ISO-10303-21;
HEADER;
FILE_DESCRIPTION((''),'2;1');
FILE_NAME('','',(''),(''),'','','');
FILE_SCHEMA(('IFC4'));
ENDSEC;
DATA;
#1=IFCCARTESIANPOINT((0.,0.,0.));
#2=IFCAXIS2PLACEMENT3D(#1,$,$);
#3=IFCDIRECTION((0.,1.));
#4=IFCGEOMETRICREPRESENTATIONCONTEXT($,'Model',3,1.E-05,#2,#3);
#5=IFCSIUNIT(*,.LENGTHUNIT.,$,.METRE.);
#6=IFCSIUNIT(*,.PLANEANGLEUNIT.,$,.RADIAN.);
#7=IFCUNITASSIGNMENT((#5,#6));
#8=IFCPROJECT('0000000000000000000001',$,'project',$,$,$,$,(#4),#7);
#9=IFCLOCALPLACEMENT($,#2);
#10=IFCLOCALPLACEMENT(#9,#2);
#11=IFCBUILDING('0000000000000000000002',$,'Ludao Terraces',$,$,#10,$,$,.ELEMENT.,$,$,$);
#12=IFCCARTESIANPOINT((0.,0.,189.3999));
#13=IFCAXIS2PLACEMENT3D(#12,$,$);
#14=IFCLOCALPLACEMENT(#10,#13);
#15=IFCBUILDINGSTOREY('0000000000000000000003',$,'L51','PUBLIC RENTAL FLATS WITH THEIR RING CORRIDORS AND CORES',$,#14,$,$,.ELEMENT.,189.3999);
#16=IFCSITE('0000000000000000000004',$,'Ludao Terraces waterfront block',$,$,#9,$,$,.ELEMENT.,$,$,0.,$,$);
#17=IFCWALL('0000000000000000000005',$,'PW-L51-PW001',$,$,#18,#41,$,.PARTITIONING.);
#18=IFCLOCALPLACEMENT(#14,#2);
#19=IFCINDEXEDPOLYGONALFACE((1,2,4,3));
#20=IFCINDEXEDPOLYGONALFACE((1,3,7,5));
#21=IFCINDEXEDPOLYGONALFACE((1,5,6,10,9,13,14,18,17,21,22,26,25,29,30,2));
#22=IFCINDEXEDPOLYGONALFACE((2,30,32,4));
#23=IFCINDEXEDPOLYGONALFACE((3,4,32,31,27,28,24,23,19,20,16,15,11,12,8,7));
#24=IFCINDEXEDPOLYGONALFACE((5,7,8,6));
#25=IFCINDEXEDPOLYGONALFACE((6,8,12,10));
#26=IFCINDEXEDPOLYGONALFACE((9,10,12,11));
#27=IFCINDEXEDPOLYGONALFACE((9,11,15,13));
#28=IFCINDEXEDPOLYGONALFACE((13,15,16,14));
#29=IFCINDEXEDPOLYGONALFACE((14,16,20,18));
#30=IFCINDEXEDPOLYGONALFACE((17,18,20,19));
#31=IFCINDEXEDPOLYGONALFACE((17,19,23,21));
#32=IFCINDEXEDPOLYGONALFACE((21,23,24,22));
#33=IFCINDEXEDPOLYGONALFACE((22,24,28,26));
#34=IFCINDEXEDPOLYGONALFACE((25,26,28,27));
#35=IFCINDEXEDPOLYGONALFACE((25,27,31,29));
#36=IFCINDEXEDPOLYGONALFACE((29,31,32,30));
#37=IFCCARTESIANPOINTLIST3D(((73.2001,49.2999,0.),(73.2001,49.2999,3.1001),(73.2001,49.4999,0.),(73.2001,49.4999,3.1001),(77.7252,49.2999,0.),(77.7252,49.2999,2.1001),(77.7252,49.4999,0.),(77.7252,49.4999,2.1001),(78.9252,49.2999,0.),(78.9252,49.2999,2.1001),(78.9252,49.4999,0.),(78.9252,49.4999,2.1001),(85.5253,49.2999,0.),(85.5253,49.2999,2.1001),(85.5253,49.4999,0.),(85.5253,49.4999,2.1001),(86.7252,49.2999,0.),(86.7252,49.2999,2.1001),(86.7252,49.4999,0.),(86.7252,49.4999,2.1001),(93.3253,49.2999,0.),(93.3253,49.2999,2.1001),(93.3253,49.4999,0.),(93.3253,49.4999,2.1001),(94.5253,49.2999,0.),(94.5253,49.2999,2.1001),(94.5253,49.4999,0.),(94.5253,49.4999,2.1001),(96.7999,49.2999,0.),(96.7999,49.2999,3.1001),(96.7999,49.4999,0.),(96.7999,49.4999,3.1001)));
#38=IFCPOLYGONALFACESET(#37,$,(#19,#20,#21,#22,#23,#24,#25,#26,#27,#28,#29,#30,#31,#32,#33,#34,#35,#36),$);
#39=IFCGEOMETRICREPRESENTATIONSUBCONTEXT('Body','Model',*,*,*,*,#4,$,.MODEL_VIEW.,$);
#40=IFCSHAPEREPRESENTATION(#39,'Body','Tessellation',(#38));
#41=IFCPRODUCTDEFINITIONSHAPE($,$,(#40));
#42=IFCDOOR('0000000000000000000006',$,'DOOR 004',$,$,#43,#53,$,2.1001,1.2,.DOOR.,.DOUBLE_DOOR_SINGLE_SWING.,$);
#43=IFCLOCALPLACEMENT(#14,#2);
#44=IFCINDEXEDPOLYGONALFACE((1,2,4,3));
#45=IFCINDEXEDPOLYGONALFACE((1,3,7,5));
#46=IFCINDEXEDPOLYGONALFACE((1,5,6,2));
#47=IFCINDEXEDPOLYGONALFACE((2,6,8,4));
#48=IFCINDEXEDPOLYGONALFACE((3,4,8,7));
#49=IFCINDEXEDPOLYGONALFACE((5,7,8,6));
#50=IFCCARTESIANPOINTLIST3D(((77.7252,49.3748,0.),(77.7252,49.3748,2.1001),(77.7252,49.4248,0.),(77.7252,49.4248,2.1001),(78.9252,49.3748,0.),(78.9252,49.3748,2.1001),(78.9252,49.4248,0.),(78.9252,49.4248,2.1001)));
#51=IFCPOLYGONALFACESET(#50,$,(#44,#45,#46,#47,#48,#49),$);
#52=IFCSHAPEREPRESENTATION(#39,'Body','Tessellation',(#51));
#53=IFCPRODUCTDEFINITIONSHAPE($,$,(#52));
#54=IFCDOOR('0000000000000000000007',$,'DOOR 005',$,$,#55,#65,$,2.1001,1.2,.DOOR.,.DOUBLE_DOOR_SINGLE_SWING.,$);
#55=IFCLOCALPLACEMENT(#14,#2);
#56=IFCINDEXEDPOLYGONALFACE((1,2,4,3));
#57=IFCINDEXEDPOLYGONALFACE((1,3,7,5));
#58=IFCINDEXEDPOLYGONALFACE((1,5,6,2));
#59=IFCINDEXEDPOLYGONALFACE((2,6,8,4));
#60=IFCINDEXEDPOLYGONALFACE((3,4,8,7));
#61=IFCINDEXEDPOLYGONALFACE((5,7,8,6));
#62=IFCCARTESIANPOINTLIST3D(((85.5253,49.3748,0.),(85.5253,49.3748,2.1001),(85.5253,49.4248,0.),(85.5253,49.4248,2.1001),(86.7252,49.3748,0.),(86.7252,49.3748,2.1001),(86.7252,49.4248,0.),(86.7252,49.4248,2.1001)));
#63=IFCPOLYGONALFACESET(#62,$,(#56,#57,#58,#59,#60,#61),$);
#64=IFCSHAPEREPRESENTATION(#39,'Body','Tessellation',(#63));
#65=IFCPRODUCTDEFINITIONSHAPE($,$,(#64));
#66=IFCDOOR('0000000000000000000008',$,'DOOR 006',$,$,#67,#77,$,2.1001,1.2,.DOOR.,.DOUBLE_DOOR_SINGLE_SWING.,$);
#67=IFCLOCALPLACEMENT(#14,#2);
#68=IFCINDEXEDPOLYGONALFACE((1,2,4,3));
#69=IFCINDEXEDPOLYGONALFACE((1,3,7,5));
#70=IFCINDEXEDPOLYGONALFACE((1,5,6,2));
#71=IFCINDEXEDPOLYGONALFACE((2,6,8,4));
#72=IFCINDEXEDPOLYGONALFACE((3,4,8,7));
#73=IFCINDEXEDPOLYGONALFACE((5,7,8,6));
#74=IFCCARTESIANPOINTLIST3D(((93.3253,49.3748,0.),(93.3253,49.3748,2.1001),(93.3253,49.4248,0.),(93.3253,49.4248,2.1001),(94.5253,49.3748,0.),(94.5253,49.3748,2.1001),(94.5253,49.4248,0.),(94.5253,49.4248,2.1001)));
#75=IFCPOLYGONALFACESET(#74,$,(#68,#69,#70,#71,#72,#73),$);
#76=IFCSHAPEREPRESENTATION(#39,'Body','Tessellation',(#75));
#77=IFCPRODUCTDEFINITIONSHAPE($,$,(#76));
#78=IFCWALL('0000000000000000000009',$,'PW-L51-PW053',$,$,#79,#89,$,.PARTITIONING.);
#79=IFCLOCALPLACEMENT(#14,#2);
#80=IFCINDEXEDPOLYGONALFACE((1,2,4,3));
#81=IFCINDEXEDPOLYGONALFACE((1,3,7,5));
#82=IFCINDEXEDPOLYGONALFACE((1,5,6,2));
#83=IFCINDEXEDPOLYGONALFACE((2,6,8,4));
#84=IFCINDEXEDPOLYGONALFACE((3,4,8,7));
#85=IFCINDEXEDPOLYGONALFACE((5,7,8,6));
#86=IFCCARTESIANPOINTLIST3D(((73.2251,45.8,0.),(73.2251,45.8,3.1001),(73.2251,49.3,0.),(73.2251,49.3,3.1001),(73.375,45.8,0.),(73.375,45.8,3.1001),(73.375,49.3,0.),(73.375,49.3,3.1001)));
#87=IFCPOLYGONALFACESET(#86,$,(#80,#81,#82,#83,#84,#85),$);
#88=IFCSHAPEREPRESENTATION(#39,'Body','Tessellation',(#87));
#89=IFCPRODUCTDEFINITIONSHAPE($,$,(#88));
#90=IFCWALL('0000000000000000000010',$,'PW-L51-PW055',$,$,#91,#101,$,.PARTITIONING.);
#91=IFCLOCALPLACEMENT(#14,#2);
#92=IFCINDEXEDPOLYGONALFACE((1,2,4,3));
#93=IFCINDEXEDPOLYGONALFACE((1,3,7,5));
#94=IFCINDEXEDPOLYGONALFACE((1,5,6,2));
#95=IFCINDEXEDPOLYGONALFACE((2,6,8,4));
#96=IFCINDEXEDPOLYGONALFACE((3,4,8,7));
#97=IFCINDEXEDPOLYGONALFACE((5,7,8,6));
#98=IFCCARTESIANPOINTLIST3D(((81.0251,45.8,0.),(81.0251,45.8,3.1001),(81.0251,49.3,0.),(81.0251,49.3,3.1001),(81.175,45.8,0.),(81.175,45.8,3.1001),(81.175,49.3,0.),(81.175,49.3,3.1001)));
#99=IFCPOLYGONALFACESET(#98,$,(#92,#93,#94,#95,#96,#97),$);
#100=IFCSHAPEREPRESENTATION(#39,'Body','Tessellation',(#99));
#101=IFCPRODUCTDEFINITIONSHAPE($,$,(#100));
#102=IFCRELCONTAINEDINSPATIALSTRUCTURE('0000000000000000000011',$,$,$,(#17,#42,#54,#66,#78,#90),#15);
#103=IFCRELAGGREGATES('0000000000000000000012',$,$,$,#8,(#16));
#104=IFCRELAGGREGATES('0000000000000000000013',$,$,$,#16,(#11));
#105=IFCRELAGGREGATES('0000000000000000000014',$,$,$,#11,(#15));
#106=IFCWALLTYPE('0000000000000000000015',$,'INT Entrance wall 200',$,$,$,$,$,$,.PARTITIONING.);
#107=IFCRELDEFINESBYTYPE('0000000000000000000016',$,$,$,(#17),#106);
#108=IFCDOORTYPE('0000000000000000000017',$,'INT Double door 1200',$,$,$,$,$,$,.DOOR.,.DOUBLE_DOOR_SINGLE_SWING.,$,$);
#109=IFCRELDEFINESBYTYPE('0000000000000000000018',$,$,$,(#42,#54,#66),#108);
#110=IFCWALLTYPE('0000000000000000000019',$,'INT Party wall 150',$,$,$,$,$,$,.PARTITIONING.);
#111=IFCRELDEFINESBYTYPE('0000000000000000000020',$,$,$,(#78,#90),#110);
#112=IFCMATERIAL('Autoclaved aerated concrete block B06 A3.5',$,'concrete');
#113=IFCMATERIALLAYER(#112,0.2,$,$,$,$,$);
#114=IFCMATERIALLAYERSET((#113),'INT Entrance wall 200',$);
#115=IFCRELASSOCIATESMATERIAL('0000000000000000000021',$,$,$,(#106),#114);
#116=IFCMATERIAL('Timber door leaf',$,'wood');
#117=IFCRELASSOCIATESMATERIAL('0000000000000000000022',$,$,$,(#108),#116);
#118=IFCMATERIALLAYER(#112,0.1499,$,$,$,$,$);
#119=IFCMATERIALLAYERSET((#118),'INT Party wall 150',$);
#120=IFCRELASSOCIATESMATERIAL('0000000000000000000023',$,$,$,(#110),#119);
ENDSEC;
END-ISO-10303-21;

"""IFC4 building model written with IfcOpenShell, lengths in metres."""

from ifc_helpers import new_model, si_unit, direction, frame, frame_2d, origin, place, context, subcontext, project, spatial, rectangle, extrude, material, layer, layer_set, type_object, element, fill, save


model = new_model("IFC4")

# Units and contexts
model_context = context("Model", 3, precision=1e-05, world=origin(), true_north=direction((0.0, 1.0)))
body_context = subcontext(model_context, "Body", "Model", "MODEL_VIEW")
ifc_project = project(units=[si_unit("LENGTHUNIT", "METRE"), si_unit("PLANEANGLEUNIT", "RADIAN")], contexts=[model_context])

# Site, building, storey
site_placement = place(None, origin())
site = spatial("IfcSite", under=ifc_project, at=site_placement, Name="Ludao Terraces waterfront block", CompositionType="ELEMENT", RefElevation=0.0)
building_placement = place(site_placement, origin())
building = spatial("IfcBuilding", under=site, at=building_placement, Name="Ludao Terraces", CompositionType="ELEMENT")
storey_placement = place(building_placement, frame((0.0, 0.0, 189.3999)))
storey = spatial("IfcBuildingStorey", under=building, at=storey_placement, Name="L51", Description="PUBLIC RENTAL FLATS WITH THEIR RING CORRIDORS AND CORES", CompositionType="ELEMENT", Elevation=189.3999)

# Wall, openings, doors
ifc_material_1 = material(Name="Autoclaved aerated concrete block B06 A3.5", Category="concrete")
ifc_layer_1 = layer(ifc_material_1, 0.2)
ifc_layer_set_1 = layer_set([ifc_layer_1], Name="INT Entrance wall 200")
wall_type_1 = type_object("IfcWallType", Name="INT Entrance wall 200", PredefinedType="PARTITIONING", material=ifc_layer_set_1)
wall_1_placement = place(storey_placement, frame((73.2002, 49.3999, 0.0), z_axis=(0.0, 0.0, 1.0), x_axis=(1.0, 0.0, 0.0)))
wall_1 = element("IfcWall", 1, at=wall_1_placement, inside=storey, type_object=wall_type_1, Name="PW-L51-PW001", PredefinedType="PARTITIONING", context=body_context, shape_type="SweptSolid", body=[
    extrude(rectangle(XDim=23.5999, YDim=0.2, at=frame_2d((11.7998, 0.0))), origin(), (0.0, 0.0, 1.0), 3.1001),
])
opening_1_placement = place(wall_1_placement, frame((4.5249, 0.0, 0.0)))
opening_1 = element("IfcOpeningElement", 2, at=opening_1_placement, cuts=wall_1, PredefinedType="OPENING", context=body_context, shape_type="SweptSolid", body=[
    extrude(rectangle(XDim=1.2, YDim=2.1001, at=frame_2d((0.6001, 1.05))), frame((0.0, 0.1099, 0.0), z_axis=(0.0, -1.0, 0.0), x_axis=(1.0, 0.0, 0.0)), (0.0, 0.0, 1.0), 0.22),
])
opening_2_placement = place(wall_1_placement, frame((12.325, 0.0, 0.0)))
opening_2 = element("IfcOpeningElement", 3, at=opening_2_placement, cuts=wall_1, PredefinedType="OPENING", context=body_context, shape_type="SweptSolid", body=[
    extrude(rectangle(XDim=1.2, YDim=2.1001, at=frame_2d((0.6001, 1.05))), frame((0.0, 0.1099, 0.0), z_axis=(0.0, -1.0, 0.0), x_axis=(1.0, 0.0, 0.0)), (0.0, 0.0, 1.0), 0.22),
])
opening_3_placement = place(wall_1_placement, frame((20.125, 0.0, 0.0)))
opening_3 = element("IfcOpeningElement", 4, at=opening_3_placement, cuts=wall_1, PredefinedType="OPENING", context=body_context, shape_type="SweptSolid", body=[
    extrude(rectangle(XDim=1.2, YDim=2.1001, at=frame_2d((0.6001, 1.05))), frame((0.0, 0.1099, 0.0), z_axis=(0.0, -1.0, 0.0), x_axis=(1.0, 0.0, 0.0)), (0.0, 0.0, 1.0), 0.22),
])
ifc_material_2 = material(Name="Timber door leaf", Category="wood")
door_type = type_object("IfcDoorType", Name="INT Double door 1200", OperationType="DOUBLE_DOOR_SINGLE_SWING", PredefinedType="DOOR", material=ifc_material_2)
door_1_placement = place(opening_1_placement, origin())
door_1 = element("IfcDoor", 5, at=door_1_placement, inside=storey, type_object=door_type, Name="DOOR 004", OperationType="DOUBLE_DOOR_SINGLE_SWING", OverallHeight=2.1001, OverallWidth=1.2, PredefinedType="DOOR", context=body_context, shape_type="SweptSolid", body=[
    extrude(rectangle(XDim=1.2, YDim=2.1001, at=frame_2d((0.6001, 1.05))), frame((0.0, 0.0249, 0.0), z_axis=(0.0, -1.0, 0.0), x_axis=(1.0, 0.0, 0.0)), (0.0, 0.0, 1.0), 0.05),
])
fill(opening_1, door_1)
door_2_placement = place(opening_2_placement, origin())
door_2 = element("IfcDoor", 6, at=door_2_placement, inside=storey, type_object=door_type, Name="DOOR 005", OperationType="DOUBLE_DOOR_SINGLE_SWING", OverallHeight=2.1001, OverallWidth=1.2, PredefinedType="DOOR", context=body_context, shape_type="SweptSolid", body=[
    extrude(rectangle(XDim=1.2, YDim=2.1001, at=frame_2d((0.6001, 1.05))), frame((0.0, 0.0249, 0.0), z_axis=(0.0, -1.0, 0.0), x_axis=(1.0, 0.0, 0.0)), (0.0, 0.0, 1.0), 0.05),
])
fill(opening_2, door_2)
door_3_placement = place(opening_3_placement, origin())
door_3 = element("IfcDoor", 7, at=door_3_placement, inside=storey, type_object=door_type, Name="DOOR 006", OperationType="DOUBLE_DOOR_SINGLE_SWING", OverallHeight=2.1001, OverallWidth=1.2, PredefinedType="DOOR", context=body_context, shape_type="SweptSolid", body=[
    extrude(rectangle(XDim=1.2, YDim=2.1001, at=frame_2d((0.6001, 1.05))), frame((0.0, 0.0249, 0.0), z_axis=(0.0, -1.0, 0.0), x_axis=(1.0, 0.0, 0.0)), (0.0, 0.0, 1.0), 0.05),
])
fill(opening_3, door_3)

# Walls
ifc_layer_2 = layer(ifc_material_1, 0.1499)
ifc_layer_set_2 = layer_set([ifc_layer_2], Name="INT Party wall 150")
wall_type_2 = type_object("IfcWallType", Name="INT Party wall 150", PredefinedType="PARTITIONING", material=ifc_layer_set_2)
for number, where, z_axis, x_axis, name in (
    (8, (73.3, 45.8, 0.0), (0.0, 0.0, 1.0), (0.0, 1.0, 0.0), "PW-L51-PW053"),
    (9, (81.1001, 45.8, 0.0), (0.0, 0.0, 1.0), (0.0, 1.0, 0.0), "PW-L51-PW055"),
):
    element("IfcWall", number, at=place(storey_placement, frame(where, z_axis=z_axis, x_axis=x_axis)), inside=storey, type_object=wall_type_2, Name=name, PredefinedType="PARTITIONING", context=body_context, shape_type="SweptSolid", body=[
        extrude(rectangle(XDim=3.5, YDim=0.1499, at=frame_2d((1.75, 0.0))), origin(), (0.0, 0.0, 1.0), 3.1001),
    ])

save(model, "model.ifc")
